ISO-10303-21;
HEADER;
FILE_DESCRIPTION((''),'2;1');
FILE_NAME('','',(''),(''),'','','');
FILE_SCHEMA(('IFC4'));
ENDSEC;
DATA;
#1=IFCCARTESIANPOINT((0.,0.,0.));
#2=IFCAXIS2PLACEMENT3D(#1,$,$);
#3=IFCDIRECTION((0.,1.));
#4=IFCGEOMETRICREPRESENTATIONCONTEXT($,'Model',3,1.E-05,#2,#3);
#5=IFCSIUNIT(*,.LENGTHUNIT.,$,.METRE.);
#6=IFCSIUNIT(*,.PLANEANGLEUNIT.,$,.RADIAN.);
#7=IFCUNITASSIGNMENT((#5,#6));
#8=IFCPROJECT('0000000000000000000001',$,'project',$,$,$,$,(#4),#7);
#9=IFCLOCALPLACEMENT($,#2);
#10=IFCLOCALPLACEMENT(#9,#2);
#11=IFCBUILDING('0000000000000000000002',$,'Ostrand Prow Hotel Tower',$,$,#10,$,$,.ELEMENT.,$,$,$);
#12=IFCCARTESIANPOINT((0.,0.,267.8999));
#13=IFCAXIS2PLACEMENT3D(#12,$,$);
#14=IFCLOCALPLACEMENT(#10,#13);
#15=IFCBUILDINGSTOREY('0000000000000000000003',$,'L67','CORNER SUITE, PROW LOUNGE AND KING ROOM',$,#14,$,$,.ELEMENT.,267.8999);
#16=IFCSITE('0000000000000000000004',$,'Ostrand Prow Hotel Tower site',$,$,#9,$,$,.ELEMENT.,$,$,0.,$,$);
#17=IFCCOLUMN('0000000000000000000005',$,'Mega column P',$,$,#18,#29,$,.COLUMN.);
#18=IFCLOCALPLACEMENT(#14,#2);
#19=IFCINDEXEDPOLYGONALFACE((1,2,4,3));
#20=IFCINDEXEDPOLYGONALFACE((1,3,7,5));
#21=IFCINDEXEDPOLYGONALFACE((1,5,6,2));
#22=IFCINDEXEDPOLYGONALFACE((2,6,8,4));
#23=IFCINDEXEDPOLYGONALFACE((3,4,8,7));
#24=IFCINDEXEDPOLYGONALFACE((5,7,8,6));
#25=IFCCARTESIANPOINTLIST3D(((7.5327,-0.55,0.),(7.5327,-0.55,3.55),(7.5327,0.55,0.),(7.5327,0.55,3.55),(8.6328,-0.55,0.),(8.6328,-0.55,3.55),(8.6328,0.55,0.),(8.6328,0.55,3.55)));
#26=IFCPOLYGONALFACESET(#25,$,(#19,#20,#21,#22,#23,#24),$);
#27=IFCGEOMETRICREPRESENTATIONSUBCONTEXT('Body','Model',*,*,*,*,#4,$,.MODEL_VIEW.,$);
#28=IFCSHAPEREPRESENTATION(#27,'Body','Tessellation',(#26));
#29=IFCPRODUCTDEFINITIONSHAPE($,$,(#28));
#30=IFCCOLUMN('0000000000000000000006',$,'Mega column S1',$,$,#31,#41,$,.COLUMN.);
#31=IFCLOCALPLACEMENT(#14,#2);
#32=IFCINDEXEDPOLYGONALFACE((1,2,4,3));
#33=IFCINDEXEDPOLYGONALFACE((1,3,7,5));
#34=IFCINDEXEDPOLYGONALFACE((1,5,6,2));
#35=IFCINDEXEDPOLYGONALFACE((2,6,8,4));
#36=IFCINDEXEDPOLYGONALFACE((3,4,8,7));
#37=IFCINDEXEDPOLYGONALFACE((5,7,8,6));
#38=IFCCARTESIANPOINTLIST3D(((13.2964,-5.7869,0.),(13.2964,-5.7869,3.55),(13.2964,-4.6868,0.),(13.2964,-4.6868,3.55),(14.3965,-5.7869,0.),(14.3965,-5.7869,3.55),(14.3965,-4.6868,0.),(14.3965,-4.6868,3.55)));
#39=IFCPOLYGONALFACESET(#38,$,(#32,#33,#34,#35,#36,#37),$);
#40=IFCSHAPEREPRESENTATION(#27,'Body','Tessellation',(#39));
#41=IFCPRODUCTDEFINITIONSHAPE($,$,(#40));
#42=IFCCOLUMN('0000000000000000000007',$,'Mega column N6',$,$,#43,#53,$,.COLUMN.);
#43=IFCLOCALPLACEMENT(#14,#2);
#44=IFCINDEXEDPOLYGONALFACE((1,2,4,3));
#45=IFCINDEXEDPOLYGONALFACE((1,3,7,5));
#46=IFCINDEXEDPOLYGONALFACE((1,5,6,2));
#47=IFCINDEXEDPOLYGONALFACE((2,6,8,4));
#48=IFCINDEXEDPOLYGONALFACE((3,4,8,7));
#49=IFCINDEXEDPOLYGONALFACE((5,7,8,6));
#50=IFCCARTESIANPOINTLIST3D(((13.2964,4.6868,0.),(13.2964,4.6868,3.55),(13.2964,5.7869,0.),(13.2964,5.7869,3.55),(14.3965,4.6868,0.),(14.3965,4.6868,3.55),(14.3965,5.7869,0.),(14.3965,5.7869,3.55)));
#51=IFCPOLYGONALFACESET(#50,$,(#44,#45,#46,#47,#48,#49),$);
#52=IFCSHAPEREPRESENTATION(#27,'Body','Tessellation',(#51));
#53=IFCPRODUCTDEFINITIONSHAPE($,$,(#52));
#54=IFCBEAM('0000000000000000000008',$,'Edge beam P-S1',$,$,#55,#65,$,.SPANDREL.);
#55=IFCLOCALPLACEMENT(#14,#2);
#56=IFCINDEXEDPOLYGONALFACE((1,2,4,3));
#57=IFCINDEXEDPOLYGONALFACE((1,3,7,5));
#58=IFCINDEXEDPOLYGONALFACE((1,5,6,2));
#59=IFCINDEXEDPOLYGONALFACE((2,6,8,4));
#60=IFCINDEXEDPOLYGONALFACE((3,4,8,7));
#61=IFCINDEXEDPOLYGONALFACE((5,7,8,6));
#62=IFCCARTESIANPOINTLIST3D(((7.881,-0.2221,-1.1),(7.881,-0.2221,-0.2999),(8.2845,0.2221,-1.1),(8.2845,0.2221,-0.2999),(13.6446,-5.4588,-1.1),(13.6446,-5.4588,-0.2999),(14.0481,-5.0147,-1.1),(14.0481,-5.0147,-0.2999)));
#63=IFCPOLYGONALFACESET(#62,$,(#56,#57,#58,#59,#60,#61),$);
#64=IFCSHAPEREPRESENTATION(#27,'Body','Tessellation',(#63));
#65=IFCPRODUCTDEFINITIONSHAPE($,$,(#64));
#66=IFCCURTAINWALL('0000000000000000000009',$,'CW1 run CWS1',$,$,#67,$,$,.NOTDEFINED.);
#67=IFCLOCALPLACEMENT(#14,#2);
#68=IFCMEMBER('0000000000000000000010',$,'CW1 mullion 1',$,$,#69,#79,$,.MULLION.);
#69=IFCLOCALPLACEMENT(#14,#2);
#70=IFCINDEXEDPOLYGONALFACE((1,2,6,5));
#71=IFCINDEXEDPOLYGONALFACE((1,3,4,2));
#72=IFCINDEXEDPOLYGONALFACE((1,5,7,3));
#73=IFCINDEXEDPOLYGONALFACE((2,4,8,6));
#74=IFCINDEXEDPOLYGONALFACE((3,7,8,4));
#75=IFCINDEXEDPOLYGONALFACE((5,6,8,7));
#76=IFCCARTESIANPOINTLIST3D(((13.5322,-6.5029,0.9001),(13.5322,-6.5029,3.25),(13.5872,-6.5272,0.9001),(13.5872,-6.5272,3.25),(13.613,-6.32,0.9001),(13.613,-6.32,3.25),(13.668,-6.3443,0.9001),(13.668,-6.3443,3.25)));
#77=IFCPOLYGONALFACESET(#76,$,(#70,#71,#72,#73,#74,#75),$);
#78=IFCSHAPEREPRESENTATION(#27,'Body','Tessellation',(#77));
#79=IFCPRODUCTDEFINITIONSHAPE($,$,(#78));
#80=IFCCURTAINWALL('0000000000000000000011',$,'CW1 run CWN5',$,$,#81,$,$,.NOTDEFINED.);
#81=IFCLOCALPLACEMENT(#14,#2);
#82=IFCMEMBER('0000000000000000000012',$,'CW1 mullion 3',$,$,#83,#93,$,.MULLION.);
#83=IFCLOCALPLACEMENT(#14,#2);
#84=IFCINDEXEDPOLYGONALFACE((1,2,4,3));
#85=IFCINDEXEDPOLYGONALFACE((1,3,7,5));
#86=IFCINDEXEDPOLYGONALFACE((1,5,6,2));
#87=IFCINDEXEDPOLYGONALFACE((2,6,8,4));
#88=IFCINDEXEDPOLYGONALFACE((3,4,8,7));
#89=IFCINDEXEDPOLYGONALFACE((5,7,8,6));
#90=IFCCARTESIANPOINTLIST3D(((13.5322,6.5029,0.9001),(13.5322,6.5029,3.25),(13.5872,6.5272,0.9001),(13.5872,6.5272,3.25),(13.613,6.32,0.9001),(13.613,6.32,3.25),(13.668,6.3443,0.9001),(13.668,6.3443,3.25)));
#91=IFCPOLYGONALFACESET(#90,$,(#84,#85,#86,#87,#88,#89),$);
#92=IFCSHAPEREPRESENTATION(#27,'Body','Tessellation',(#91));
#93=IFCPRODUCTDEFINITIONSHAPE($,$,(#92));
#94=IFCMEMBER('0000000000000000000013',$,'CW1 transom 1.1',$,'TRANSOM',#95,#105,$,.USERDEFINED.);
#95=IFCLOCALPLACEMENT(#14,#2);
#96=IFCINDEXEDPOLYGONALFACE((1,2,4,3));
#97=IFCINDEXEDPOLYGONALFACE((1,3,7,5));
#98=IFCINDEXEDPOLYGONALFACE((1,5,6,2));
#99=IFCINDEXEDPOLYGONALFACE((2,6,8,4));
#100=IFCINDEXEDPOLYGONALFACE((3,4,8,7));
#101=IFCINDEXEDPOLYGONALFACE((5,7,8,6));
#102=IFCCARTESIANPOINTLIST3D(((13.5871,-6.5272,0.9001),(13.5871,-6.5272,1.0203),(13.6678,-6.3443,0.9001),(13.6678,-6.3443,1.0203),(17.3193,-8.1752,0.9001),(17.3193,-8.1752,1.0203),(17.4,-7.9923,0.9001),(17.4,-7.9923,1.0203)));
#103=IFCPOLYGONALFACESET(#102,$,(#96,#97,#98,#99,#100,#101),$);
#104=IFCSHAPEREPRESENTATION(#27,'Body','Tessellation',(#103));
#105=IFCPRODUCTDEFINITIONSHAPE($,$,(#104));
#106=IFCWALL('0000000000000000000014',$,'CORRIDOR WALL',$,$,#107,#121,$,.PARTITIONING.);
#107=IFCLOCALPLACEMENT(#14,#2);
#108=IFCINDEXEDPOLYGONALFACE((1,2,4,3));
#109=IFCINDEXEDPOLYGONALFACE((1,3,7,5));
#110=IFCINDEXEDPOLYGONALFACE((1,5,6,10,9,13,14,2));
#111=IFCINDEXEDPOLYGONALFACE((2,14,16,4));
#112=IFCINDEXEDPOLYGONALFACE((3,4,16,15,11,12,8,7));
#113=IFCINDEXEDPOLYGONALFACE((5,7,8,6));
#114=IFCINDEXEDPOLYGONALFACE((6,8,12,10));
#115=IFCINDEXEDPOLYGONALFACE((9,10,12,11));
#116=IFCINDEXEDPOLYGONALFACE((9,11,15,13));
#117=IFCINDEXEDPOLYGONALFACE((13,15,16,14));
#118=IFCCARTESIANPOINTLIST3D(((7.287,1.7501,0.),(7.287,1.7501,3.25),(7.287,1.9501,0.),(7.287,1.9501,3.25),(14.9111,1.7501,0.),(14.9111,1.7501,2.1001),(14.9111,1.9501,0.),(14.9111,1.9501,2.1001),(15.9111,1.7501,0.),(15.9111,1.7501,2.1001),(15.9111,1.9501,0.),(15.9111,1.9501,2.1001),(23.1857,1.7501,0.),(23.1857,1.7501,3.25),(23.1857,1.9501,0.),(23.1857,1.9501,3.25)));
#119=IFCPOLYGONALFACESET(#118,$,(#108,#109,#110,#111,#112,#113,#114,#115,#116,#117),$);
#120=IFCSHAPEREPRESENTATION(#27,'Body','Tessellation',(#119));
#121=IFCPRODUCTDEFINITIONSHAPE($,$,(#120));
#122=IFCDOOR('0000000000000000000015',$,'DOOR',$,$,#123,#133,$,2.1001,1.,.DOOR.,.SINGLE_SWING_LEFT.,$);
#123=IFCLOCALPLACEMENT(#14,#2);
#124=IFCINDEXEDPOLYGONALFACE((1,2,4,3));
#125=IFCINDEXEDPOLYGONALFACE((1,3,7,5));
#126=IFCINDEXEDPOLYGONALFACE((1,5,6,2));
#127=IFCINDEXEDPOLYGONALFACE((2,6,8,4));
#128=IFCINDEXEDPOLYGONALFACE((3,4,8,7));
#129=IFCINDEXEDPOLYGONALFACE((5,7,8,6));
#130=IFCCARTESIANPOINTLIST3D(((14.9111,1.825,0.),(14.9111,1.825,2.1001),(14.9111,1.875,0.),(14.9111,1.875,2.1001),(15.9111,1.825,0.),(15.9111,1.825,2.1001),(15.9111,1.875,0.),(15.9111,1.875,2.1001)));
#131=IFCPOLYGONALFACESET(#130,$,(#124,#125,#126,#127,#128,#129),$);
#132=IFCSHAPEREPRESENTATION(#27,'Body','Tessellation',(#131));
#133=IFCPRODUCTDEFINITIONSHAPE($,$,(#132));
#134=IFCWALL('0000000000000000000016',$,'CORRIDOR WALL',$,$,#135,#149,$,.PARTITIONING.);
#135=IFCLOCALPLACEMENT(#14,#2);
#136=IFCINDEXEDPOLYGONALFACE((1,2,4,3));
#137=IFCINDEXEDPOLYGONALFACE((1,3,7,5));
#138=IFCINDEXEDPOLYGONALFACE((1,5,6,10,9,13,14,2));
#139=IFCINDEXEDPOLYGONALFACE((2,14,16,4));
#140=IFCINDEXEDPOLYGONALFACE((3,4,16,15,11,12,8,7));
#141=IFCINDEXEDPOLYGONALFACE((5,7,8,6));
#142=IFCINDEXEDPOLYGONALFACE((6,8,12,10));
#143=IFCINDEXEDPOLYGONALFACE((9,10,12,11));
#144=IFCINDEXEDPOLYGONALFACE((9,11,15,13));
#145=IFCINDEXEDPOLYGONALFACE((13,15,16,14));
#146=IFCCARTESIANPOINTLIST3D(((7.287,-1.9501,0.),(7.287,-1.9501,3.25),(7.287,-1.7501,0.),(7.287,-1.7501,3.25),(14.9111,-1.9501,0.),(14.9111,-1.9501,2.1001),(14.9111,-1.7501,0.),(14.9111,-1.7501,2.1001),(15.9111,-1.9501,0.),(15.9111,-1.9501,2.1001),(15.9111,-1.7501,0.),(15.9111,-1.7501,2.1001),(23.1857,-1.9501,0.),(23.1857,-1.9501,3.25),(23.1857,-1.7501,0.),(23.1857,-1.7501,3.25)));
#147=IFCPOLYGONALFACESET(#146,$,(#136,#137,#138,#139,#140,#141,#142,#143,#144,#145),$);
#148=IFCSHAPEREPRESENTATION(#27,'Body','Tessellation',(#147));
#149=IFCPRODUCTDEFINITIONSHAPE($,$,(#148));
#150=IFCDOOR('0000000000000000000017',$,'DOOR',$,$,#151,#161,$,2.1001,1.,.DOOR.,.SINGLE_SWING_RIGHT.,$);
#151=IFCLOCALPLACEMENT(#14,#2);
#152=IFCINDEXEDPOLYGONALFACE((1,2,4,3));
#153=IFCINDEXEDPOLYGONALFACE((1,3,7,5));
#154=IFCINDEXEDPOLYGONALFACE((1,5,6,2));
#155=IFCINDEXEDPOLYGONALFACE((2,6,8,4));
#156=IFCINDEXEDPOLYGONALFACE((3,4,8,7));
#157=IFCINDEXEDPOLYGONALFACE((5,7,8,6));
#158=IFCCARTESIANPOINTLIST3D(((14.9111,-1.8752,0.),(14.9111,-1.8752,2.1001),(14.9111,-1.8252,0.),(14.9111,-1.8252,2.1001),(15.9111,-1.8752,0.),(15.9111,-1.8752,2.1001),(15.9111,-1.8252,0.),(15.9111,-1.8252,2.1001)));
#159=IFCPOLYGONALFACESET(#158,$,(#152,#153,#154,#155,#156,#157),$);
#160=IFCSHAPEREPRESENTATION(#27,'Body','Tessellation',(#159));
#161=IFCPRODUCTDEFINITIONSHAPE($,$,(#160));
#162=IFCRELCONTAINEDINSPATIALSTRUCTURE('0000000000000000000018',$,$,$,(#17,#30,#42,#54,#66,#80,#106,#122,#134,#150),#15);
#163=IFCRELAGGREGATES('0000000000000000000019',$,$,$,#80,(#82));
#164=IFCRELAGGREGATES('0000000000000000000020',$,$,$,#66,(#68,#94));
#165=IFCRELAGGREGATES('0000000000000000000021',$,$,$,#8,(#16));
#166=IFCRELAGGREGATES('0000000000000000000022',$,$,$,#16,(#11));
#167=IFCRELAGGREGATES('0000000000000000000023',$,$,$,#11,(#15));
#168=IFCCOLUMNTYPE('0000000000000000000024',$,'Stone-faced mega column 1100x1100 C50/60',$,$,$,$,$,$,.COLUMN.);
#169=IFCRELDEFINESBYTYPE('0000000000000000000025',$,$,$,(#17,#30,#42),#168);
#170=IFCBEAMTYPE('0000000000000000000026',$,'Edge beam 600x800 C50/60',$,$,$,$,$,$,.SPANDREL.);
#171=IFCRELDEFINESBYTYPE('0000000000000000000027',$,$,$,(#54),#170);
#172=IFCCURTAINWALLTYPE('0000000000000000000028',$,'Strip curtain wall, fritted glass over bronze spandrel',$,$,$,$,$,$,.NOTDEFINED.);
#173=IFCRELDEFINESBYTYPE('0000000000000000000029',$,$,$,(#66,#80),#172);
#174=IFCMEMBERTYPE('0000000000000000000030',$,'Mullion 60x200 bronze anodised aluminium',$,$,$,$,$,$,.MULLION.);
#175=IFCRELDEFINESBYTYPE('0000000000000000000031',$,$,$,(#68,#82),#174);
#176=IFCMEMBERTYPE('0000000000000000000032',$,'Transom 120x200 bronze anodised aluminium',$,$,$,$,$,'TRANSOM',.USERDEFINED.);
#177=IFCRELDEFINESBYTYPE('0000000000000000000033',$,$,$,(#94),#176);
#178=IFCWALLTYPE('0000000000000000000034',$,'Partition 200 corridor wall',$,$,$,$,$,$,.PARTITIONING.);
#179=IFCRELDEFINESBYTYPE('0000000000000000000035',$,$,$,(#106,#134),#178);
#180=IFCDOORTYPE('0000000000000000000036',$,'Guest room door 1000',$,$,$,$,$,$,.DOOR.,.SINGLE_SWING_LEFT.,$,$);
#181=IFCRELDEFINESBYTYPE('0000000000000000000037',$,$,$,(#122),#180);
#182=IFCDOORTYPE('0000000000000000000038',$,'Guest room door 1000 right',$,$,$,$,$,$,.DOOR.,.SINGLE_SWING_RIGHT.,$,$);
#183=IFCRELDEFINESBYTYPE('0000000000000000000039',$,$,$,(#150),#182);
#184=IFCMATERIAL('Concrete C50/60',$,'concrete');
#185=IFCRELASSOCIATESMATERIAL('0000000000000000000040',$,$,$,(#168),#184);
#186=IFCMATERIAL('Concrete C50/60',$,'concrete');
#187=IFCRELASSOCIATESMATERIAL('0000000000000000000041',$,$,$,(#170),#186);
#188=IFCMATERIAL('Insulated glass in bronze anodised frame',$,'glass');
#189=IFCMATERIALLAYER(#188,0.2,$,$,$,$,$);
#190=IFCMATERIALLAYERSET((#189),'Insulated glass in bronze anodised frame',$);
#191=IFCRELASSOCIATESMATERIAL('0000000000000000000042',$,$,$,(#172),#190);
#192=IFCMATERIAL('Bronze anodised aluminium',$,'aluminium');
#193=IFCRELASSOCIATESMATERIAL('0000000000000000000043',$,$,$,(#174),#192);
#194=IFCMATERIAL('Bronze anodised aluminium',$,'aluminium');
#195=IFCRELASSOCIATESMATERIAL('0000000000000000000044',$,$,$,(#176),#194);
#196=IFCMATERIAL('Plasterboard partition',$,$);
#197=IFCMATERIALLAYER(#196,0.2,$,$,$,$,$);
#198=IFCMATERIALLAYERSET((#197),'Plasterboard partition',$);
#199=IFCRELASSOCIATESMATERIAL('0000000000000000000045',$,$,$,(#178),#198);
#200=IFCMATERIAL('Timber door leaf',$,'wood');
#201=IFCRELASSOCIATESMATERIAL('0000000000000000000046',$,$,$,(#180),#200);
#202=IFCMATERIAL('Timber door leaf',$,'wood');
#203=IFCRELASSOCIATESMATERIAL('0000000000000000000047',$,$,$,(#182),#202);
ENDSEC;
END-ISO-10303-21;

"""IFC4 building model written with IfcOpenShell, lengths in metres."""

from ifc_helpers import new_model, si_unit, direction, frame, frame_2d, origin, origin_2d, place, context, subcontext, project, spatial, rectangle, extrude, material, layer, layer_set, material_profile, profile_set, type_object, element, fill, aggregate, save


model = new_model("IFC4")

# Units and contexts
model_context = context("Model", 3, precision=1e-05, world=origin(), true_north=direction((0.0, 1.0)))
body_context = subcontext(model_context, "Body", "Model", "MODEL_VIEW")
ifc_project = project(units=[si_unit("LENGTHUNIT", "METRE"), si_unit("PLANEANGLEUNIT", "RADIAN")], contexts=[model_context])

# Site, building, storey
site_placement = place(None, origin())
site = spatial("IfcSite", under=ifc_project, at=site_placement, Name="Ostrand Prow Hotel Tower site", CompositionType="ELEMENT", RefElevation=0.0)
building_placement = place(site_placement, origin())
building = spatial("IfcBuilding", under=site, at=building_placement, Name="Ostrand Prow Hotel Tower", CompositionType="ELEMENT")
storey_placement = place(building_placement, frame((0.0, 0.0, 267.8999)))
storey = spatial("IfcBuildingStorey", under=building, at=storey_placement, Name="L67", Description="CORNER SUITE, PROW LOUNGE AND KING ROOM", CompositionType="ELEMENT", Elevation=267.8999)

# Columns
ifc_material_1 = material(Name="Concrete C50/60", Category="concrete")
ifc_material_profile_1 = material_profile(ifc_material_1, rectangle(XDim=1.1001, YDim=1.1001, at=origin_2d()), Name="RC 1100x1100")
ifc_profile_set_1 = profile_set([ifc_material_profile_1], Name="Concrete C50/60")
column_type = type_object("IfcColumnType", Name="Stone-faced mega column 1100x1100 C50/60", PredefinedType="COLUMN", material=ifc_profile_set_1)
for number, where, z_axis, x_axis, name in (
    (1, (8.0828, 0.0, 0.0), (0.0, 0.0, 1.0), (1.0, 0.0, 0.0), "Mega column P"),
    (2, (13.8464, -5.2368, 0.0), (0.0, 0.0, 1.0), (1.0, 0.0, 0.0), "Mega column S1"),
    (3, (13.8464, 5.2368, 0.0), (0.0, 0.0, 1.0), (1.0, 0.0, 0.0), "Mega column N6"),
):
    element("IfcColumn", number, at=place(storey_placement, frame(where, z_axis=z_axis, x_axis=x_axis)), inside=storey, type_object=column_type, Name=name, PredefinedType="COLUMN", context=body_context, shape_type="SweptSolid", body=[
        extrude(rectangle(XDim=1.1001, YDim=1.1001, at=origin_2d()), origin(), (0.0, 0.0, 1.0), 3.55),
    ])

# Beam
ifc_material_2 = material(Name="Concrete C50/60", Category="concrete")
ifc_material_profile_2 = material_profile(ifc_material_2, rectangle(XDim=0.6001, YDim=0.8, at=origin_2d()), Name="RC 600x800")
ifc_profile_set_2 = profile_set([ifc_material_profile_2], Name="Concrete C50/60")
beam_type = type_object("IfcBeamType", Name="Edge beam 600x800 C50/60", PredefinedType="SPANDREL", material=ifc_profile_set_2)
beam_placement = place(storey_placement, frame((8.0828, 0.0, -0.7), z_axis=(0.740124, -0.67247, 0.0), x_axis=(0.67247, 0.740124, 0.0)))
element("IfcBeam", 4, at=beam_placement, inside=storey, type_object=beam_type, Name="Edge beam P-S1", PredefinedType="SPANDREL", context=body_context, shape_type="SweptSolid", body=[
    extrude(rectangle(XDim=0.6001, YDim=0.8, at=origin_2d()), origin(), (0.0, 0.0, 1.0), 7.7874),
])

# Curtain walls, members
ifc_material_3 = material(Name="Insulated glass in bronze anodised frame", Category="glass")
ifc_layer_1 = layer(ifc_material_3, 0.2)
ifc_layer_set_1 = layer_set([ifc_layer_1], Name="Insulated glass in bronze anodised frame")
curtain_wall_type = type_object("IfcCurtainWallType", Name="Strip curtain wall, fritted glass over bronze spandrel", PredefinedType="NOTDEFINED", material=ifc_layer_set_1)
curtain_wall_1_placement = place(storey_placement, origin())
curtain_wall_1 = element("IfcCurtainWall", 5, at=curtain_wall_1_placement, inside=storey, type_object=curtain_wall_type, Name="CW1 run CWS1", PredefinedType="NOTDEFINED")
ifc_material_4 = material(Name="Bronze anodised aluminium", Category="aluminium")
ifc_material_profile_3 = material_profile(ifc_material_4, rectangle(XDim=0.2, YDim=0.0601, at=origin_2d()), Name="Mullion 60x200 bronze anodised aluminium")
ifc_profile_set_3 = profile_set([ifc_material_profile_3], Name="Bronze anodised aluminium")
member_type_1 = type_object("IfcMemberType", Name="Mullion 60x200 bronze anodised aluminium", PredefinedType="MULLION", material=ifc_profile_set_3)
member_1_placement = place(storey_placement, frame((13.6001, -6.4236, 0.9001), z_axis=(0.0, 0.0, 1.0), x_axis=(0.40394, 0.914786, 0.0)))
member_1 = element("IfcMember", 6, at=member_1_placement, type_object=member_type_1, Name="CW1 mullion 1", PredefinedType="MULLION", context=body_context, shape_type="SweptSolid", body=[
    extrude(rectangle(XDim=0.2, YDim=0.0601, at=origin_2d()), origin(), (0.0, 0.0, 1.0), 2.3499),
])
curtain_wall_2_placement = place(storey_placement, origin())
curtain_wall_2 = element("IfcCurtainWall", 7, at=curtain_wall_2_placement, inside=storey, type_object=curtain_wall_type, Name="CW1 run CWN5", PredefinedType="NOTDEFINED")
member_2_placement = place(storey_placement, frame((13.6001, 6.4236, 0.9001), z_axis=(0.0, 0.0, 1.0), x_axis=(0.40394, -0.914786, 0.0)))
member_2 = element("IfcMember", 8, at=member_2_placement, type_object=member_type_1, Name="CW1 mullion 3", PredefinedType="MULLION", context=body_context, shape_type="SweptSolid", body=[
    extrude(rectangle(XDim=0.2, YDim=0.0601, at=origin_2d()), origin(), (0.0, 0.0, 1.0), 2.3499),
])
aggregate(curtain_wall_2, [member_2])

# Member
ifc_material_5 = material(Name="Bronze anodised aluminium", Category="aluminium")
ifc_material_profile_4 = material_profile(ifc_material_5, rectangle(XDim=0.2, YDim=0.1201, at=origin_2d()), Name="Transom 120x200 bronze anodised aluminium")
ifc_profile_set_4 = profile_set([ifc_material_profile_4], Name="Bronze anodised aluminium")
member_type_2 = type_object("IfcMemberType", Name="Transom 120x200 bronze anodised aluminium", ElementType="TRANSOM", PredefinedType="USERDEFINED", material=ifc_profile_set_4)
member_3_placement = place(storey_placement, frame((13.6274, -6.4358, 0.9602), z_axis=(0.914791, -0.403927, 0.0), x_axis=(0.403927, 0.914791, 0.0)))
member_3 = element("IfcMember", 9, at=member_3_placement, type_object=member_type_2, Name="CW1 transom 1.1", ObjectType="TRANSOM", PredefinedType="USERDEFINED", context=body_context, shape_type="SweptSolid", body=[
    extrude(rectangle(XDim=0.2, YDim=0.1201, at=origin_2d()), origin(), (0.0, 0.0, 1.0), 4.0798),
])
aggregate(curtain_wall_1, [member_1, member_3])

# Walls, openings, doors
ifc_material_6 = material(Name="Plasterboard partition")
ifc_layer_2 = layer(ifc_material_6, 0.2)
ifc_layer_set_2 = layer_set([ifc_layer_2], Name="Plasterboard partition")
wall_type_1 = type_object("IfcWallType", Name="Partition 200 corridor wall", PredefinedType="PARTITIONING", material=ifc_layer_set_2)
wall_1_placement = place(storey_placement, frame((7.2871, 1.8501, 0.0), z_axis=(0.0, 0.0, 1.0), x_axis=(1.0, 0.0, 0.0)))
wall_1 = element("IfcWall", 10, at=wall_1_placement, inside=storey, type_object=wall_type_1, Name="CORRIDOR WALL", PredefinedType="PARTITIONING", context=body_context, shape_type="SweptSolid", body=[
    extrude(rectangle(XDim=15.8987, YDim=0.2, at=frame_2d((7.9492, 0.0))), origin(), (0.0, 0.0, 1.0), 3.25),
])
opening_1_placement = place(wall_1_placement, frame((7.624, 0.0, 0.0)))
opening_1 = element("IfcOpeningElement", 11, at=opening_1_placement, cuts=wall_1, PredefinedType="OPENING", context=body_context, shape_type="SweptSolid", body=[
    extrude(rectangle(XDim=1.0, YDim=2.1001, at=frame_2d((0.5, 1.05))), frame((0.0, 0.1099, 0.0), z_axis=(0.0, -1.0, 0.0), x_axis=(1.0, 0.0, 0.0)), (0.0, 0.0, 1.0), 0.22),
])
ifc_material_7 = material(Name="Timber door leaf", Category="wood")
door_type_1 = type_object("IfcDoorType", Name="Guest room door 1000", OperationType="SINGLE_SWING_LEFT", PredefinedType="DOOR", material=ifc_material_7)
door_1_placement = place(opening_1_placement, origin())
door_1 = element("IfcDoor", 12, at=door_1_placement, inside=storey, type_object=door_type_1, Name="DOOR", OperationType="SINGLE_SWING_LEFT", OverallHeight=2.1001, OverallWidth=1.0, PredefinedType="DOOR", context=body_context, shape_type="SweptSolid", body=[
    extrude(rectangle(XDim=1.0, YDim=2.1001, at=frame_2d((0.5, 1.05))), frame((0.0, 0.0249, 0.0), z_axis=(0.0, -1.0, 0.0), x_axis=(1.0, 0.0, 0.0)), (0.0, 0.0, 1.0), 0.05),
])
fill(opening_1, door_1)
wall_2_placement = place(storey_placement, frame((7.2871, -1.8501, 0.0), z_axis=(0.0, 0.0, 1.0), x_axis=(1.0, 0.0, 0.0)))
wall_2 = element("IfcWall", 13, at=wall_2_placement, inside=storey, type_object=wall_type_1, Name="CORRIDOR WALL", PredefinedType="PARTITIONING", context=body_context, shape_type="SweptSolid", body=[
    extrude(rectangle(XDim=15.8987, YDim=0.2, at=frame_2d((7.9492, 0.0))), origin(), (0.0, 0.0, 1.0), 3.25),
])
opening_2_placement = place(wall_2_placement, frame((7.624, 0.0, 0.0)))
opening_2 = element("IfcOpeningElement", 14, at=opening_2_placement, cuts=wall_2, PredefinedType="OPENING", context=body_context, shape_type="SweptSolid", body=[
    extrude(rectangle(XDim=1.0, YDim=2.1001, at=frame_2d((0.5, 1.05))), frame((0.0, 0.1099, 0.0), z_axis=(0.0, -1.0, 0.0), x_axis=(1.0, 0.0, 0.0)), (0.0, 0.0, 1.0), 0.22),
])
ifc_material_8 = material(Name="Timber door leaf", Category="wood")
door_type_2 = type_object("IfcDoorType", Name="Guest room door 1000 right", OperationType="SINGLE_SWING_RIGHT", PredefinedType="DOOR", material=ifc_material_8)
door_2_placement = place(opening_2_placement, origin())
door_2 = element("IfcDoor", 15, at=door_2_placement, inside=storey, type_object=door_type_2, Name="DOOR", OperationType="SINGLE_SWING_RIGHT", OverallHeight=2.1001, OverallWidth=1.0, PredefinedType="DOOR", context=body_context, shape_type="SweptSolid", body=[
    extrude(rectangle(XDim=1.0, YDim=2.1001, at=frame_2d((0.5, 1.05))), frame((0.0, 0.0249, 0.0), z_axis=(0.0, -1.0, 0.0), x_axis=(1.0, 0.0, 0.0)), (0.0, 0.0, 1.0), 0.05),
])
fill(opening_2, door_2)

save(model, "model.ifc")
